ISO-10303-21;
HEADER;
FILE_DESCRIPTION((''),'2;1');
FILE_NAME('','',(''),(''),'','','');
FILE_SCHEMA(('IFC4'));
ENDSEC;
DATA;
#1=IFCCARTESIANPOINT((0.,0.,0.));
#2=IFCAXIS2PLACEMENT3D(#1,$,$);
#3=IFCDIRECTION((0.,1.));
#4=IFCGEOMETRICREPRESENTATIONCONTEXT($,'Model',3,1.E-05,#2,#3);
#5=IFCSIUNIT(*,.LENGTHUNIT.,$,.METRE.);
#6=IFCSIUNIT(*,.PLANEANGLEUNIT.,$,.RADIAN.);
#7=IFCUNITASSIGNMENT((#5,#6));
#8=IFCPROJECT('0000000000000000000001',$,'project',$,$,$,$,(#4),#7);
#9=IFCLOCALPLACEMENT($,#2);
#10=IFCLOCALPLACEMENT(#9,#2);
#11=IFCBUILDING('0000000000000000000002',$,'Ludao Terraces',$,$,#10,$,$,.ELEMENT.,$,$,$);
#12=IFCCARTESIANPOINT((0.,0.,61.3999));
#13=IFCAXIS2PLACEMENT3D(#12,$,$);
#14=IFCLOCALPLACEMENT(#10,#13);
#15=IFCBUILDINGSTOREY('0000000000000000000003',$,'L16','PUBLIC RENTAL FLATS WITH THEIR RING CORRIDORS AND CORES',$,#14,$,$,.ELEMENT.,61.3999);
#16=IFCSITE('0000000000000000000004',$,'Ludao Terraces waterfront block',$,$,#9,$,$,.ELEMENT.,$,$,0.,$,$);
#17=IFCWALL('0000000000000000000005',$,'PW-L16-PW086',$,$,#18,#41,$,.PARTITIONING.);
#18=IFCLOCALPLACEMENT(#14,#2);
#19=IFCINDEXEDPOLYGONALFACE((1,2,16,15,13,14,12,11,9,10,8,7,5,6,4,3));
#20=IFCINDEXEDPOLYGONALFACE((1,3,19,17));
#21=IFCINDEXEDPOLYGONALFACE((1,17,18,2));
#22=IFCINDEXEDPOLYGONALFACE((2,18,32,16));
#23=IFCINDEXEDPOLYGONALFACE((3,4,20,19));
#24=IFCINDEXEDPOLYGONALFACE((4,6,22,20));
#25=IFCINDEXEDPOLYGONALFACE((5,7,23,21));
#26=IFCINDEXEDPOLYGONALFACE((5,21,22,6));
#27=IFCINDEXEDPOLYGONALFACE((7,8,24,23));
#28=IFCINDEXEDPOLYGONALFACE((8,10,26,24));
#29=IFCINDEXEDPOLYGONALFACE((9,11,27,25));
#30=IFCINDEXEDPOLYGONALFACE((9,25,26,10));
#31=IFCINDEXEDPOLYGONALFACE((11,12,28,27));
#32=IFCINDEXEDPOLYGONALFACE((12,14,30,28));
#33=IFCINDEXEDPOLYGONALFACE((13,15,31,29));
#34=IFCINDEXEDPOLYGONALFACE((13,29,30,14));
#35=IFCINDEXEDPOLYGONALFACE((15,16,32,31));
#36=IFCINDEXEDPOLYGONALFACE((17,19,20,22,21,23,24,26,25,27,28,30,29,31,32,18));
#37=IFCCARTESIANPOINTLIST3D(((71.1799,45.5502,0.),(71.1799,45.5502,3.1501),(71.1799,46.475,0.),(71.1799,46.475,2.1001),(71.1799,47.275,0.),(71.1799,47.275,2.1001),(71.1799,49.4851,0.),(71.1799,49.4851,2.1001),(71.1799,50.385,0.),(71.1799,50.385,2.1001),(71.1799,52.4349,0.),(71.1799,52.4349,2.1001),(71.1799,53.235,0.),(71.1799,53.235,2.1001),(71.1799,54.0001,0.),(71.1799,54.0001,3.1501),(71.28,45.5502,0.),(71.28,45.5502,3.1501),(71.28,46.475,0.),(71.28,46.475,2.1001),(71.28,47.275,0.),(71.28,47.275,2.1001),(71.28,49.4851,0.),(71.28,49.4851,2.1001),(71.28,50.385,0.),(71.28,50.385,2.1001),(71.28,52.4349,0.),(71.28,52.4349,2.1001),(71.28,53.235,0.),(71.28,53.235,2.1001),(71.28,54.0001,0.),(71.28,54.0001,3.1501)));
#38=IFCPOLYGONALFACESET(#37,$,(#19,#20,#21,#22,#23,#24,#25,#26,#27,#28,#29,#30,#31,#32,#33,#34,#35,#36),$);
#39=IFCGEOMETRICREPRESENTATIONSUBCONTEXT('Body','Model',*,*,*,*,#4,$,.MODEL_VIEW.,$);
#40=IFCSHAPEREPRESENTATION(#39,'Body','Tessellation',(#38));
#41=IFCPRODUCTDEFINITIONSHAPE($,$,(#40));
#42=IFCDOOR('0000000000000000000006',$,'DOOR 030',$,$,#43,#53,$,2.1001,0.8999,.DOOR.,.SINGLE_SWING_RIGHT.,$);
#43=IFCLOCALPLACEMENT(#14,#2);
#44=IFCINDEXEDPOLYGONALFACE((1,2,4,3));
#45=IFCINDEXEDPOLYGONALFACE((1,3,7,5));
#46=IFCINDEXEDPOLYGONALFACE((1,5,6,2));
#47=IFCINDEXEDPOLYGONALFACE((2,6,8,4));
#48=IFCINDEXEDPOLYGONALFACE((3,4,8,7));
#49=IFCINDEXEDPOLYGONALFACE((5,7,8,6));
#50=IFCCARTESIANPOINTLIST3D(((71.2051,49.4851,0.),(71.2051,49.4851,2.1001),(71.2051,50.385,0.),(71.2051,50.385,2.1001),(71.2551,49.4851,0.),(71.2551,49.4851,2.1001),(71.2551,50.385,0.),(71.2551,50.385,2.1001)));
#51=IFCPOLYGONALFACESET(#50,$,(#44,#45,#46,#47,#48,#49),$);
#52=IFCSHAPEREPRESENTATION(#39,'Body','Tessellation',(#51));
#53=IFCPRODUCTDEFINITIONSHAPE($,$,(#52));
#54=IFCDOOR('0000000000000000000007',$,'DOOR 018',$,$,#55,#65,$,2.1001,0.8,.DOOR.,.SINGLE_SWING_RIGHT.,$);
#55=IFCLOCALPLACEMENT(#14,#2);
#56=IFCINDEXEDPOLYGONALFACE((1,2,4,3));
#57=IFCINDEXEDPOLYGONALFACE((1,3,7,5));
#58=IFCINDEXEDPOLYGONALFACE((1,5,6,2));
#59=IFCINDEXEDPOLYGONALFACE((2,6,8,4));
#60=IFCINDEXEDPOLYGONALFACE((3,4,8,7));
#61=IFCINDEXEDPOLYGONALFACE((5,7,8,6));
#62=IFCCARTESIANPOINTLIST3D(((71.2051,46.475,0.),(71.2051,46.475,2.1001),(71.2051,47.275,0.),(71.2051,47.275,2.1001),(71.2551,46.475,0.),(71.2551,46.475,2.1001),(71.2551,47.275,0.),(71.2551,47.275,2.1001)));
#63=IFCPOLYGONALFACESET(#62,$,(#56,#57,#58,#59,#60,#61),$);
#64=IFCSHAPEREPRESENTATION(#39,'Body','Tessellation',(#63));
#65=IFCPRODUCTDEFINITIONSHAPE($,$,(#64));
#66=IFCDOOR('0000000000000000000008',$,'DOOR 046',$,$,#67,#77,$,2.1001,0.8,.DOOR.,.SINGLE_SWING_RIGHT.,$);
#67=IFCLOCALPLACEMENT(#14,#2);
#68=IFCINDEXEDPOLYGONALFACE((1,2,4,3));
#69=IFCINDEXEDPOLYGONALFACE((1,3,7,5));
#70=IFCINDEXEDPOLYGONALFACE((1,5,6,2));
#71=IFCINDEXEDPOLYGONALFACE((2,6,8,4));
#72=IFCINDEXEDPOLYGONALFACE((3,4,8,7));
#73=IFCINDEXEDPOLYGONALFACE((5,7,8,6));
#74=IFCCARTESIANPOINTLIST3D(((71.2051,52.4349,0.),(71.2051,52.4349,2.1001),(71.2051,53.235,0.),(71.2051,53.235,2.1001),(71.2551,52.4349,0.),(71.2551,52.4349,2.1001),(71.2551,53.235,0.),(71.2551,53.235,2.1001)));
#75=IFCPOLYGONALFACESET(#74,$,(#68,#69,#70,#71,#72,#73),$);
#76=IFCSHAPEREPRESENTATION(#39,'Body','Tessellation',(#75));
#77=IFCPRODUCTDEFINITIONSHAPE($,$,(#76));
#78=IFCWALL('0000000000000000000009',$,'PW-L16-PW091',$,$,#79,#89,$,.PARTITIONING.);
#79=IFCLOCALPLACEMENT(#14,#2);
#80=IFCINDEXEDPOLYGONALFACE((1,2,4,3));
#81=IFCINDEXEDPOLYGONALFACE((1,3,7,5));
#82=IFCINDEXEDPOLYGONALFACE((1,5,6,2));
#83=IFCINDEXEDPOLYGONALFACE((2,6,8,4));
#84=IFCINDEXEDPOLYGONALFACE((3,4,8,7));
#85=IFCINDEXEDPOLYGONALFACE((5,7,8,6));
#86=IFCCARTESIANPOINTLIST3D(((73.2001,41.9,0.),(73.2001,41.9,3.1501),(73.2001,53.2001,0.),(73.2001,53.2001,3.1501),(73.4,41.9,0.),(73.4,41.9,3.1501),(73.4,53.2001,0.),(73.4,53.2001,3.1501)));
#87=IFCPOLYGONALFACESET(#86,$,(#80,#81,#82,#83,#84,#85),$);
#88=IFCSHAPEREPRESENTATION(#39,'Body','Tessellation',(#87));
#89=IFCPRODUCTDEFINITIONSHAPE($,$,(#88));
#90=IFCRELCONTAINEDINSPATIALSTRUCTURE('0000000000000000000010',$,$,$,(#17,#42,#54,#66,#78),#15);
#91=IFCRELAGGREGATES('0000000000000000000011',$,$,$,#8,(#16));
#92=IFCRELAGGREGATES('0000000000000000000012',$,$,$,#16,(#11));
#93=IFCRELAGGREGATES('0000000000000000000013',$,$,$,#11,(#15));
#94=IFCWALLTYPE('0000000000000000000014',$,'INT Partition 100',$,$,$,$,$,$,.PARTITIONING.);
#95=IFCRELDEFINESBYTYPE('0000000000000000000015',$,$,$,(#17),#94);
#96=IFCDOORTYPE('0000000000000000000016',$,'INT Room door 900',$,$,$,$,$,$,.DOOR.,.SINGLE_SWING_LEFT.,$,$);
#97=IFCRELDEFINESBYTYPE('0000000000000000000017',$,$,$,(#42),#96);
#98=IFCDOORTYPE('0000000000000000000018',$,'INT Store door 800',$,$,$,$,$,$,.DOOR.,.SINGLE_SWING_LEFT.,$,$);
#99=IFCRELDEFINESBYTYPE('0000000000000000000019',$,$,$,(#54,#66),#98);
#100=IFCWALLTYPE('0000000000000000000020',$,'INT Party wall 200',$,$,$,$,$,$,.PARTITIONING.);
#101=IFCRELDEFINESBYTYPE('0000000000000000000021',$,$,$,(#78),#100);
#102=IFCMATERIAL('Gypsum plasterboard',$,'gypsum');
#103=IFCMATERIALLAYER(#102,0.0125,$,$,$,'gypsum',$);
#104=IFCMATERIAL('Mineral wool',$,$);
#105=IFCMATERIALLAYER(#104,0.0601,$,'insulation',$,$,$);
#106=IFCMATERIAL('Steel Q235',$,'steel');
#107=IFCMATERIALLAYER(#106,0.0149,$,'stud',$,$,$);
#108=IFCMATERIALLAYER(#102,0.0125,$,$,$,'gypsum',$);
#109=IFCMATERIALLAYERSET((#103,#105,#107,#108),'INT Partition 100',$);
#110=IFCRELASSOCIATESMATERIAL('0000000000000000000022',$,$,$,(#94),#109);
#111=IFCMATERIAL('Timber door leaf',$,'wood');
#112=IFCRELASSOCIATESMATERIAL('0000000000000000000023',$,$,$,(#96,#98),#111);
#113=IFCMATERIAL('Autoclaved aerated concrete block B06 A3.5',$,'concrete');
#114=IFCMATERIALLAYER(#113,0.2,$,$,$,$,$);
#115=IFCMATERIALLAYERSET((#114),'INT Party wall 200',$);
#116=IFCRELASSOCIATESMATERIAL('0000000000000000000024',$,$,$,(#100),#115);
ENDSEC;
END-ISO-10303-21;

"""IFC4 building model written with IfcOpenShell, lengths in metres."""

from ifc_helpers import new_model, si_unit, direction, frame, frame_2d, origin, place, context, subcontext, project, spatial, rectangle, extrude, material, layer, layer_set, type_object, element, fill, save


model = new_model("IFC4")

# Units and contexts
model_context = context("Model", 3, precision=1e-05, world=origin(), true_north=direction((0.0, 1.0)))
body_context = subcontext(model_context, "Body", "Model", "MODEL_VIEW")
ifc_project = project(units=[si_unit("LENGTHUNIT", "METRE"), si_unit("PLANEANGLEUNIT", "RADIAN")], contexts=[model_context])

# Site, building, storey
site_placement = place(None, origin())
site = spatial("IfcSite", under=ifc_project, at=site_placement, Name="Ludao Terraces waterfront block", CompositionType="ELEMENT", RefElevation=0.0)
building_placement = place(site_placement, origin())
building = spatial("IfcBuilding", under=site, at=building_placement, Name="Ludao Terraces", CompositionType="ELEMENT")
storey_placement = place(building_placement, frame((0.0, 0.0, 61.3999)))
storey = spatial("IfcBuildingStorey", under=building, at=storey_placement, Name="L16", Description="PUBLIC RENTAL FLATS WITH THEIR RING CORRIDORS AND CORES", CompositionType="ELEMENT", Elevation=61.3999)

# Shared definitions
ifc_material_1 = material(Name="Mineral wool")

# Shared definitions
ifc_material_2 = material(Name="Gypsum plasterboard", Category="gypsum")
ifc_layer_1 = layer(ifc_material_2, 0.0125, Category="gypsum")
ifc_layer_2 = layer(ifc_material_1, 0.0601, Name="insulation")
ifc_material_3 = material(Name="Steel Q235", Category="steel")
ifc_layer_3 = layer(ifc_material_3, 0.0149, Name="stud")
ifc_layer_4 = layer(ifc_material_2, 0.0125, Category="gypsum")
ifc_layer_set_1 = layer_set([ifc_layer_1, ifc_layer_2, ifc_layer_3, ifc_layer_4], Name="INT Partition 100")
wall_type_1 = type_object("IfcWallType", Name="INT Partition 100", PredefinedType="PARTITIONING", material=ifc_layer_set_1)
ifc_material_4 = material(Name="Timber door leaf", Category="wood")
door_type_1 = type_object("IfcDoorType", Name="INT Room door 900", OperationType="SINGLE_SWING_LEFT", PredefinedType="DOOR", material=ifc_material_4)

# Wall, openings, doors
wall_1_placement = place(storey_placement, frame((71.23, 45.55, 0.0), z_axis=(0.0, 0.0, 1.0), x_axis=(0.0, 1.0, 0.0)))
wall_1 = element("IfcWall", 1, at=wall_1_placement, inside=storey, type_object=wall_type_1, Name="PW-L16-PW086", PredefinedType="PARTITIONING", context=body_context, shape_type="SweptSolid", body=[
    extrude(rectangle(XDim=8.45, YDim=0.1001, at=frame_2d((4.2251, 0.0))), origin(), (0.0, 0.0, 1.0), 3.1501),
])
opening_1_placement = place(wall_1_placement, frame((0.925, 0.0, 0.0)))
opening_1 = element("IfcOpeningElement", 2, at=opening_1_placement, cuts=wall_1, PredefinedType="OPENING", context=body_context, shape_type="SweptSolid", body=[
    extrude(rectangle(XDim=0.8, YDim=2.1001, at=frame_2d((0.3999, 1.05))), frame((0.0, 0.0601, 0.0), z_axis=(0.0, -1.0, 0.0), x_axis=(1.0, 0.0, 0.0)), (0.0, 0.0, 1.0), 0.1201),
])
opening_2_placement = place(wall_1_placement, frame((3.9351, 0.0, 0.0)))
opening_2 = element("IfcOpeningElement", 3, at=opening_2_placement, cuts=wall_1, PredefinedType="OPENING", context=body_context, shape_type="SweptSolid", body=[
    extrude(rectangle(XDim=0.8999, YDim=2.1001, at=frame_2d((0.45, 1.05))), frame((0.0, 0.0601, 0.0), z_axis=(0.0, -1.0, 0.0), x_axis=(1.0, 0.0, 0.0)), (0.0, 0.0, 1.0), 0.1201),
])
opening_3_placement = place(wall_1_placement, frame((6.885, 0.0, 0.0)))
opening_3 = element("IfcOpeningElement", 4, at=opening_3_placement, cuts=wall_1, PredefinedType="OPENING", context=body_context, shape_type="SweptSolid", body=[
    extrude(rectangle(XDim=0.8, YDim=2.1001, at=frame_2d((0.3999, 1.05))), frame((0.0, 0.0601, 0.0), z_axis=(0.0, -1.0, 0.0), x_axis=(1.0, 0.0, 0.0)), (0.0, 0.0, 1.0), 0.1201),
])
door_1_placement = place(opening_2_placement, origin())
door_1 = element("IfcDoor", 5, at=door_1_placement, inside=storey, type_object=door_type_1, Name="DOOR 030", OperationType="SINGLE_SWING_RIGHT", OverallHeight=2.1001, OverallWidth=0.8999, PredefinedType="DOOR", context=body_context, shape_type="SweptSolid", body=[
    extrude(rectangle(XDim=0.8999, YDim=2.1001, at=frame_2d((0.45, 1.05))), frame((0.0, 0.0249, 0.0), z_axis=(0.0, -1.0, 0.0), x_axis=(1.0, 0.0, 0.0)), (0.0, 0.0, 1.0), 0.05),
])
fill(opening_2, door_1)
door_type_2 = type_object("IfcDoorType", Name="INT Store door 800", OperationType="SINGLE_SWING_LEFT", PredefinedType="DOOR", material=ifc_material_4)
door_2_placement = place(opening_1_placement, origin())
door_2 = element("IfcDoor", 6, at=door_2_placement, inside=storey, type_object=door_type_2, Name="DOOR 018", OperationType="SINGLE_SWING_RIGHT", OverallHeight=2.1001, OverallWidth=0.8, PredefinedType="DOOR", context=body_context, shape_type="SweptSolid", body=[
    extrude(rectangle(XDim=0.8, YDim=2.1001, at=frame_2d((0.3999, 1.05))), frame((0.0, 0.0249, 0.0), z_axis=(0.0, -1.0, 0.0), x_axis=(1.0, 0.0, 0.0)), (0.0, 0.0, 1.0), 0.05),
])
fill(opening_1, door_2)
door_3_placement = place(opening_3_placement, origin())
door_3 = element("IfcDoor", 7, at=door_3_placement, inside=storey, type_object=door_type_2, Name="DOOR 046", OperationType="SINGLE_SWING_RIGHT", OverallHeight=2.1001, OverallWidth=0.8, PredefinedType="DOOR", context=body_context, shape_type="SweptSolid", body=[
    extrude(rectangle(XDim=0.8, YDim=2.1001, at=frame_2d((0.3999, 1.05))), frame((0.0, 0.0249, 0.0), z_axis=(0.0, -1.0, 0.0), x_axis=(1.0, 0.0, 0.0)), (0.0, 0.0, 1.0), 0.05),
])
fill(opening_3, door_3)

# Wall
ifc_material_5 = material(Name="Autoclaved aerated concrete block B06 A3.5", Category="concrete")
ifc_layer_5 = layer(ifc_material_5, 0.2)
ifc_layer_set_2 = layer_set([ifc_layer_5], Name="INT Party wall 200")
wall_type_2 = type_object("IfcWallType", Name="INT Party wall 200", PredefinedType="PARTITIONING", material=ifc_layer_set_2)
wall_2_placement = place(storey_placement, frame((73.3, 41.9001, 0.0), z_axis=(0.0, 0.0, 1.0), x_axis=(0.0, 1.0, 0.0)))
element("IfcWall", 8, at=wall_2_placement, inside=storey, type_object=wall_type_2, Name="PW-L16-PW091", PredefinedType="PARTITIONING", context=body_context, shape_type="SweptSolid", body=[
    extrude(rectangle(XDim=11.3, YDim=0.2, at=frame_2d((5.6499, 0.0))), origin(), (0.0, 0.0, 1.0), 3.1501),
])

save(model, "model.ifc")
